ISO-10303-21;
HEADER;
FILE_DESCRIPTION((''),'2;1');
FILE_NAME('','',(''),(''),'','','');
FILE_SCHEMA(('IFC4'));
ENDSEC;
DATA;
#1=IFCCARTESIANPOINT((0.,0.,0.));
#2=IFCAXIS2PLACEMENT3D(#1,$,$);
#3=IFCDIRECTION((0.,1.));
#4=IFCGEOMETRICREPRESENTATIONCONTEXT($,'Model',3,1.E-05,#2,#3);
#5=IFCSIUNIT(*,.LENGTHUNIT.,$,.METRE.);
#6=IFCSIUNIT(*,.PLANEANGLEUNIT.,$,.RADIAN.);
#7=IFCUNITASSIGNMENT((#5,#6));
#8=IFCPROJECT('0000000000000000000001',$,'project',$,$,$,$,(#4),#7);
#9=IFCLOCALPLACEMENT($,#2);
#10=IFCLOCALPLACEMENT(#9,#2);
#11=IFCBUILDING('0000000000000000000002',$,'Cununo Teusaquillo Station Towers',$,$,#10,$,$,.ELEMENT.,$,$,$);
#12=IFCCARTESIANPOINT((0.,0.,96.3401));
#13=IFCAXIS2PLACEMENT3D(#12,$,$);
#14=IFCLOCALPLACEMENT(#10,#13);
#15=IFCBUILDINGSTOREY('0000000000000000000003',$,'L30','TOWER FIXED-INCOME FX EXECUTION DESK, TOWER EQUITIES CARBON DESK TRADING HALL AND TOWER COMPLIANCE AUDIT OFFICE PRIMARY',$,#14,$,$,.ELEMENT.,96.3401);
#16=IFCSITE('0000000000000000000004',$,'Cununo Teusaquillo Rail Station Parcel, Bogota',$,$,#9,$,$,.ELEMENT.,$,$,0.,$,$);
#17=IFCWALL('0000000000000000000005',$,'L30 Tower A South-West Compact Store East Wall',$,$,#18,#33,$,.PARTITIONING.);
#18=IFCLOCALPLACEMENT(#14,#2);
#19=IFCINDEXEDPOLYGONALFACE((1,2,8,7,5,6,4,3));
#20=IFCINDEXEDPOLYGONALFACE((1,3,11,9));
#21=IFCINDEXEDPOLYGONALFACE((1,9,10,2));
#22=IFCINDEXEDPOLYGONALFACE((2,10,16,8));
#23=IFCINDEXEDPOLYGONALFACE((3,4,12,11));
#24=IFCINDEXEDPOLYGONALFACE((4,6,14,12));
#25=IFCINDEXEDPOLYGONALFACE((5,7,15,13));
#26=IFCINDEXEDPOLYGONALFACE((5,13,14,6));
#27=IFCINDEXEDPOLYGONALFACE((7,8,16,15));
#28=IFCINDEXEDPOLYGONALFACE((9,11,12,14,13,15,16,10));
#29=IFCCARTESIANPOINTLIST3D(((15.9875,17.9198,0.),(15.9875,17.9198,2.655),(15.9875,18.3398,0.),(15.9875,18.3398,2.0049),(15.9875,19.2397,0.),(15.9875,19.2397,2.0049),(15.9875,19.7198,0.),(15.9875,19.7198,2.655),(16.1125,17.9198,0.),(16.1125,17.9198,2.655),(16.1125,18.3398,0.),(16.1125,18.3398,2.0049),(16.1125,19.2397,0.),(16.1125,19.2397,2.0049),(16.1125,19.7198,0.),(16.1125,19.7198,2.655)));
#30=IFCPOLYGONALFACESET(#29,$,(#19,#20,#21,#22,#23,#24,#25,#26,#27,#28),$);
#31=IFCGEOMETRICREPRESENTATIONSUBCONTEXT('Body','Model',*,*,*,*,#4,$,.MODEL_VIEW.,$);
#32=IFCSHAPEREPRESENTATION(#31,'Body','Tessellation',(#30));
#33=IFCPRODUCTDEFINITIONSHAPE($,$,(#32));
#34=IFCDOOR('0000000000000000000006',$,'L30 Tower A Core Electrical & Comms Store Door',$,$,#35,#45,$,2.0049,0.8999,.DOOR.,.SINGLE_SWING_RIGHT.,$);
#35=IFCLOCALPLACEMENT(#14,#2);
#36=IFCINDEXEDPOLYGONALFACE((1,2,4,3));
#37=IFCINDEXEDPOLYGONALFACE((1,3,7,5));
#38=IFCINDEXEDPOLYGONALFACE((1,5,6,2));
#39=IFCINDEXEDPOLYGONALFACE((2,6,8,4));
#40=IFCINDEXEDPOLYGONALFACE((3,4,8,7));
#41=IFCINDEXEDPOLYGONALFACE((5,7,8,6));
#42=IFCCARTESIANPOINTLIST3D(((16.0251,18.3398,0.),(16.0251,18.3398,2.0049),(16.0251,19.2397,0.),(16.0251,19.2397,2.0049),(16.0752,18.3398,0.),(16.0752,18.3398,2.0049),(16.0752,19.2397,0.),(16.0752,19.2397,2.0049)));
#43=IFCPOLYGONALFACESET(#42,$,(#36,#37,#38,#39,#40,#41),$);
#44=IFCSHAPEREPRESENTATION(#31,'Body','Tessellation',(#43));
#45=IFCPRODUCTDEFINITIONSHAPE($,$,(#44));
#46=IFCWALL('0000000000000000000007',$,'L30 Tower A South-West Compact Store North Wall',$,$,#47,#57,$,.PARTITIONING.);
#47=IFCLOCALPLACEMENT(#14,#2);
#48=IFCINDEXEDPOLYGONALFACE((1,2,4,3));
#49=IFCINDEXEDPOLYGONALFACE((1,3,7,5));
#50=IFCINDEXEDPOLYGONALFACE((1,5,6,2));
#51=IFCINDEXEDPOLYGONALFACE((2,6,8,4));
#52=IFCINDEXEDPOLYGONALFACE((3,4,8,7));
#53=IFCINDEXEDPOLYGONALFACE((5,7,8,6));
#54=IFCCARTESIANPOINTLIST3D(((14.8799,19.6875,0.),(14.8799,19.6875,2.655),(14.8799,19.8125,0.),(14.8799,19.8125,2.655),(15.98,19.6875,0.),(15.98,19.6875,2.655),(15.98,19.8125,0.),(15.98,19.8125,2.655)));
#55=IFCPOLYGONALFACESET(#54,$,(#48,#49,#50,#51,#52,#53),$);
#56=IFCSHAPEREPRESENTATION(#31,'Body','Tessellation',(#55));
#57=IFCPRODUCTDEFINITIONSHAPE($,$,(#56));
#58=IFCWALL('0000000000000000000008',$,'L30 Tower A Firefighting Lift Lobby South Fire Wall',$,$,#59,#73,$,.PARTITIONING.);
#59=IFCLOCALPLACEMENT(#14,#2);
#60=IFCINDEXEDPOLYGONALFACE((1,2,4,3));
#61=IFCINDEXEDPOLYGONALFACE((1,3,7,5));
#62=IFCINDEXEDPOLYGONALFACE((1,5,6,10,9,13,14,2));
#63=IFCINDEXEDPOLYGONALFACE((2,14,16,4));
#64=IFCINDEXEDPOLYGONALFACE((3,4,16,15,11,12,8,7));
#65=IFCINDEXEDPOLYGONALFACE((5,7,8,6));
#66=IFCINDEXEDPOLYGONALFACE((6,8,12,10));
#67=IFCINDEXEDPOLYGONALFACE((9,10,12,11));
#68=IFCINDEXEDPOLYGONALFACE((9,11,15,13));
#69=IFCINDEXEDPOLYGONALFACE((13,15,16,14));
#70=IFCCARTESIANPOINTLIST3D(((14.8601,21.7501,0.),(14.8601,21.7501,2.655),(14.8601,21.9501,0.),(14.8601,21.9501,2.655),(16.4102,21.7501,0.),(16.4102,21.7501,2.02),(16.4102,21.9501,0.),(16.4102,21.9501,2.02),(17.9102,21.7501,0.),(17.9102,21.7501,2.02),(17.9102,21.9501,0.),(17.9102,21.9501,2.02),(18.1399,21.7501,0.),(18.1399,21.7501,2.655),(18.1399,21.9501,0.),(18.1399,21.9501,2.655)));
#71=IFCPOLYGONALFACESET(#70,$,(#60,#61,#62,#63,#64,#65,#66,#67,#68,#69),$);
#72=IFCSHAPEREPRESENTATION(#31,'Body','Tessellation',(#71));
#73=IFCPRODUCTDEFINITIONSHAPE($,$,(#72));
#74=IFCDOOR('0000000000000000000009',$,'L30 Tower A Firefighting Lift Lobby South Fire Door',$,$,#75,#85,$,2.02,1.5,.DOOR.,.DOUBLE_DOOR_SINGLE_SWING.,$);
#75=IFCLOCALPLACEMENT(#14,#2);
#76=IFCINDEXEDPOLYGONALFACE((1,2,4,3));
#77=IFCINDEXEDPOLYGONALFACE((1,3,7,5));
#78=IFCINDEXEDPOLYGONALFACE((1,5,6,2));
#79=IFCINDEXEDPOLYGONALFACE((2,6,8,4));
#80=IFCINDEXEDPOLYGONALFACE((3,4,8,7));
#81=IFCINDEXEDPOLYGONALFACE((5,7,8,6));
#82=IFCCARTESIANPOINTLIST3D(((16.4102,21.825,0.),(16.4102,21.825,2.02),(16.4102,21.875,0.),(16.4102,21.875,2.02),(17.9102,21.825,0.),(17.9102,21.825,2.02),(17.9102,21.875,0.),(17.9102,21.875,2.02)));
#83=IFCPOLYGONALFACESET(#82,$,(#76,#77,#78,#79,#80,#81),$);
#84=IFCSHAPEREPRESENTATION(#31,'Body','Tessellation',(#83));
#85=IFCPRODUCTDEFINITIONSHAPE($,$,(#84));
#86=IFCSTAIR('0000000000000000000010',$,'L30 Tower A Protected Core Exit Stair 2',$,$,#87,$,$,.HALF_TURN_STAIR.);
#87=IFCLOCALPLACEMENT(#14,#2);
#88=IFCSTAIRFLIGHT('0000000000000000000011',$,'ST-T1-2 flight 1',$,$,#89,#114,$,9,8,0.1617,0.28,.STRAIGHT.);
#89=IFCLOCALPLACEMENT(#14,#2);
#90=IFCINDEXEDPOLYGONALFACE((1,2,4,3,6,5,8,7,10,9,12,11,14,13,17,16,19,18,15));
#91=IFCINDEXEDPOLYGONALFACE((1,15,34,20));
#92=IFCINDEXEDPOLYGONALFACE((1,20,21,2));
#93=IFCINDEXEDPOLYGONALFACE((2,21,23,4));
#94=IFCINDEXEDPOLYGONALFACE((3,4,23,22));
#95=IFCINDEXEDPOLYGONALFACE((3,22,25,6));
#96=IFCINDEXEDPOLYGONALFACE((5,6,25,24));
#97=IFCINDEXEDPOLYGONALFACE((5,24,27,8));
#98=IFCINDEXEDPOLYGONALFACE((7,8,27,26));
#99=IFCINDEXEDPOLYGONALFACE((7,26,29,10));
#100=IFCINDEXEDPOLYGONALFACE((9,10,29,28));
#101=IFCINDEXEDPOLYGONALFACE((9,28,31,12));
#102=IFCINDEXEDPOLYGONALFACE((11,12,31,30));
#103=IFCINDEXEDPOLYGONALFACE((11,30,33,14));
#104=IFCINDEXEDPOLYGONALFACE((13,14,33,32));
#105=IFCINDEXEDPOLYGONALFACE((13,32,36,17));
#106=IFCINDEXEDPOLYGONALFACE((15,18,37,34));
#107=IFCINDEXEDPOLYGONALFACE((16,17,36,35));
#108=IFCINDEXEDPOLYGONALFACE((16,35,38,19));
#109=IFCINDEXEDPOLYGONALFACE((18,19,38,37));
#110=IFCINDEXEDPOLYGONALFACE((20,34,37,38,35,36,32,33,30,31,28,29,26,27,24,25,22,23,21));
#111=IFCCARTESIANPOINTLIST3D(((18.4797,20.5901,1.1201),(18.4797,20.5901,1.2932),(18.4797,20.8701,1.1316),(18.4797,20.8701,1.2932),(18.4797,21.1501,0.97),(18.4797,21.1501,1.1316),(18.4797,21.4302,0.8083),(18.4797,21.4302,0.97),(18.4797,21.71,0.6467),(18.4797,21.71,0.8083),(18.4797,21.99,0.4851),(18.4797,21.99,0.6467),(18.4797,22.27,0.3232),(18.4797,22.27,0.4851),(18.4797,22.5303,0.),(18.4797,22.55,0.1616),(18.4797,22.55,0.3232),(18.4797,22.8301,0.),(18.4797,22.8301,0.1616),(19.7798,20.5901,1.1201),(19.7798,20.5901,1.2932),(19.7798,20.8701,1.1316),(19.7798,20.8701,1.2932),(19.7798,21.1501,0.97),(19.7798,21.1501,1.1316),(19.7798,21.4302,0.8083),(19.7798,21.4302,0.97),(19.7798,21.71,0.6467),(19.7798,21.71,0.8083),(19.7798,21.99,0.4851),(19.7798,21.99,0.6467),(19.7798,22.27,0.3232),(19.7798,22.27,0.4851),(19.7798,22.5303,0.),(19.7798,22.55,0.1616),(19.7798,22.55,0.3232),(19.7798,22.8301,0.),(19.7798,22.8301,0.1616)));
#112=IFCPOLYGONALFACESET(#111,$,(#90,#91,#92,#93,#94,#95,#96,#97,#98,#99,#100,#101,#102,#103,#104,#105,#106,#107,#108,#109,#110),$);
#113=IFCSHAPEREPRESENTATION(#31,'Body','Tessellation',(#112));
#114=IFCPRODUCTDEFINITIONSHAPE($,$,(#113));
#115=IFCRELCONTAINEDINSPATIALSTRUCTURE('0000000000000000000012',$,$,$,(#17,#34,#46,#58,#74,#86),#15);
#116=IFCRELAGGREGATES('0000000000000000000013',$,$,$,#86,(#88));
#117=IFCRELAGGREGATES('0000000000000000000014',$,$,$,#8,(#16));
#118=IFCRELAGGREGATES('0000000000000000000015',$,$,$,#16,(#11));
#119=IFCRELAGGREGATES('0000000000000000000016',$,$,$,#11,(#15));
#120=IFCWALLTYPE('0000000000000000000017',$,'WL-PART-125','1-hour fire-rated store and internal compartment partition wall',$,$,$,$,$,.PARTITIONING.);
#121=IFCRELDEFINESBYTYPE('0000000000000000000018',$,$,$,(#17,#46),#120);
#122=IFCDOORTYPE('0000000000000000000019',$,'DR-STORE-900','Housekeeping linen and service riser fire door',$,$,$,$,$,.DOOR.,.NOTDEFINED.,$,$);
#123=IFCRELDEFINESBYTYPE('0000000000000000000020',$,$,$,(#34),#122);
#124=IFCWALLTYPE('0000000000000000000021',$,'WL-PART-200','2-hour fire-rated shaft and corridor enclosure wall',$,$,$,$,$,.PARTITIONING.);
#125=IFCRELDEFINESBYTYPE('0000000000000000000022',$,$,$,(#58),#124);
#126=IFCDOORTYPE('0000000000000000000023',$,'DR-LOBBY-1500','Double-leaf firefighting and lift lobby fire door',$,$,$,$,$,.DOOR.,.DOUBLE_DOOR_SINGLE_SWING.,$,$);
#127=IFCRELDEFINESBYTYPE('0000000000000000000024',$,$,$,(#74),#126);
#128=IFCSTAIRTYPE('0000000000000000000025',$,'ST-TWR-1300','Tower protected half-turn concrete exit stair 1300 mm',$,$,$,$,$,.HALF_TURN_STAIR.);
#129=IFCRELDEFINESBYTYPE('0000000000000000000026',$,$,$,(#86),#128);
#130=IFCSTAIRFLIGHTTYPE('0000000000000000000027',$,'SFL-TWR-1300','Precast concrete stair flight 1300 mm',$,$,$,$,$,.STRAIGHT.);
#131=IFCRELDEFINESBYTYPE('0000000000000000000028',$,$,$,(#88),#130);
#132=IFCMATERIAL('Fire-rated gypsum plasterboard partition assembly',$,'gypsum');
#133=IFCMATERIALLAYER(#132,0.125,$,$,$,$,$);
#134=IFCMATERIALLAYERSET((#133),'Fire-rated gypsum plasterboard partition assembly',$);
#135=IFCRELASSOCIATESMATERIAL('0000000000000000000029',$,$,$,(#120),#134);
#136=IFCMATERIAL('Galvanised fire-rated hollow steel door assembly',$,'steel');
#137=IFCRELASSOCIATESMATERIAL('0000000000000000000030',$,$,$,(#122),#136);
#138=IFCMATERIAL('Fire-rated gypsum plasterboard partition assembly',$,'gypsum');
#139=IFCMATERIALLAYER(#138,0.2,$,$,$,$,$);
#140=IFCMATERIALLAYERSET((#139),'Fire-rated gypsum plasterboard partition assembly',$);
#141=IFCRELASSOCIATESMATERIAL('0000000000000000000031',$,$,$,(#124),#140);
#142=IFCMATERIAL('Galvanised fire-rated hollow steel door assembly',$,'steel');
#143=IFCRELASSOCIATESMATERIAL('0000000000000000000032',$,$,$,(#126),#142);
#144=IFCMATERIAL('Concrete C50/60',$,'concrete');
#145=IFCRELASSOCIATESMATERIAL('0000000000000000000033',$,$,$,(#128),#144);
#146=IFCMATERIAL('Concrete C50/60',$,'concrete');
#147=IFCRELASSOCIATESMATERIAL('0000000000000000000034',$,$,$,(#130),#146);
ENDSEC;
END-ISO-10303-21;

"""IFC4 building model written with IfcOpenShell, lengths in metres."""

from ifc_helpers import new_model, si_unit, direction, frame, frame_2d, origin, place, context, subcontext, project, spatial, polyline, rectangle, outline, extrude, source, transform, mapped, material, layer, layer_set, type_object, element, fill, aggregate, save


model = new_model("IFC4")

# Units and contexts
model_context = context("Model", 3, precision=1e-05, world=origin(), true_north=direction((0.0, 1.0)))
body_context = subcontext(model_context, "Body", "Model", "MODEL_VIEW")
ifc_project = project(units=[si_unit("LENGTHUNIT", "METRE"), si_unit("PLANEANGLEUNIT", "RADIAN")], contexts=[model_context])

# Site, building, storey
site_placement = place(None, origin())
site = spatial("IfcSite", under=ifc_project, at=site_placement, Name="Cununo Teusaquillo Rail Station Parcel, Bogota", CompositionType="ELEMENT", RefElevation=0.0)
building_placement = place(site_placement, origin())
building = spatial("IfcBuilding", under=site, at=building_placement, Name="Cununo Teusaquillo Station Towers", CompositionType="ELEMENT")
storey_placement = place(building_placement, frame((0.0, 0.0, 96.3401)))
storey = spatial("IfcBuildingStorey", under=building, at=storey_placement, Name="L30", Description="TOWER FIXED-INCOME FX EXECUTION DESK, TOWER EQUITIES CARBON DESK TRADING HALL AND TOWER COMPLIANCE AUDIT OFFICE PRIMARY", CompositionType="ELEMENT", Elevation=96.3401)

# Wall, opening, door
ifc_material_1 = material(Name="Fire-rated gypsum plasterboard partition assembly", Category="gypsum")
ifc_layer_1 = layer(ifc_material_1, 0.125)
ifc_layer_set_1 = layer_set([ifc_layer_1], Name="Fire-rated gypsum plasterboard partition assembly")
wall_type_1 = type_object("IfcWallType", Name="WL-PART-125", Description="1-hour fire-rated store and internal compartment partition wall", PredefinedType="PARTITIONING", material=ifc_layer_set_1)
wall_1_placement = place(storey_placement, frame((16.05, 17.9199, 0.0), z_axis=(0.0, 0.0, 1.0), x_axis=(0.0, 1.0, 0.0)))
wall_1 = element("IfcWall", 1, at=wall_1_placement, inside=storey, type_object=wall_type_1, Name="L30 Tower A South-West Compact Store East Wall", PredefinedType="PARTITIONING", context=body_context, shape_type="SweptSolid", body=[
    extrude(rectangle(XDim=1.8, YDim=0.125, at=frame_2d((0.8999, 0.0))), origin(), (0.0, 0.0, 1.0), 2.655),
])
shared_shape_1 = source(origin(), body_context, "Body", "SweptSolid", [
    extrude(rectangle(XDim=0.8999, YDim=2.0049, at=frame_2d((0.45, 1.0024))), frame((0.0, 0.0725, 0.0), z_axis=(0.0, -1.0, 0.0), x_axis=(1.0, 0.0, 0.0)), (0.0, 0.0, 1.0), 0.145),
])
opening_1_placement = place(wall_1_placement, frame((0.4199, 0.0, 0.0)))
opening_1 = element("IfcOpeningElement", 2, at=opening_1_placement, cuts=wall_1, PredefinedType="OPENING", context=body_context, shape_type="MappedRepresentation", body=[
    mapped(shared_shape_1, transform((0.0, 0.0, 0.0), x_axis=(1.0, 0.0, 0.0), y_axis=(0.0, 1.0, 0.0), z_axis=(0.0, 0.0, 1.0), scale=1.0)),
])
ifc_material_2 = material(Name="Galvanised fire-rated hollow steel door assembly", Category="steel")
door_type_1 = type_object("IfcDoorType", Name="DR-STORE-900", Description="Housekeeping linen and service riser fire door", OperationType="NOTDEFINED", PredefinedType="DOOR", material=ifc_material_2)
shared_shape_2 = source(origin(), body_context, "Body", "SweptSolid", [
    extrude(rectangle(XDim=0.8999, YDim=2.0049, at=frame_2d((0.45, 1.0024))), frame((0.0, 0.0249, 0.0), z_axis=(0.0, -1.0, 0.0), x_axis=(1.0, 0.0, 0.0)), (0.0, 0.0, 1.0), 0.05),
])
door_1_placement = place(opening_1_placement, origin())
door_1 = element("IfcDoor", 3, at=door_1_placement, inside=storey, type_object=door_type_1, Name="L30 Tower A Core Electrical & Comms Store Door", OperationType="SINGLE_SWING_RIGHT", OverallHeight=2.0049, OverallWidth=0.8999, PredefinedType="DOOR", context=body_context, shape_type="MappedRepresentation", body=[
    mapped(shared_shape_2, transform((0.0, 0.0, 0.0), x_axis=(1.0, 0.0, 0.0), y_axis=(0.0, 1.0, 0.0), z_axis=(0.0, 0.0, 1.0), scale=1.0)),
])
fill(opening_1, door_1)

# Wall
wall_2_placement = place(storey_placement, frame((14.8799, 19.75, 0.0), z_axis=(0.0, 0.0, 1.0), x_axis=(1.0, 0.0, 0.0)))
element("IfcWall", 4, at=wall_2_placement, inside=storey, type_object=wall_type_1, Name="L30 Tower A South-West Compact Store North Wall", PredefinedType="PARTITIONING", context=body_context, shape_type="SweptSolid", body=[
    extrude(rectangle(XDim=1.1001, YDim=0.125, at=frame_2d((0.55, 0.0))), origin(), (0.0, 0.0, 1.0), 2.655),
])

# Wall, opening, door
ifc_material_3 = material(Name="Fire-rated gypsum plasterboard partition assembly", Category="gypsum")
ifc_layer_2 = layer(ifc_material_3, 0.2)
ifc_layer_set_2 = layer_set([ifc_layer_2], Name="Fire-rated gypsum plasterboard partition assembly")
wall_type_2 = type_object("IfcWallType", Name="WL-PART-200", Description="2-hour fire-rated shaft and corridor enclosure wall", PredefinedType="PARTITIONING", material=ifc_layer_set_2)
wall_3_placement = place(storey_placement, frame((14.8601, 21.8501, 0.0), z_axis=(0.0, 0.0, 1.0), x_axis=(1.0, 0.0, 0.0)))
wall_3 = element("IfcWall", 5, at=wall_3_placement, inside=storey, type_object=wall_type_2, Name="L30 Tower A Firefighting Lift Lobby South Fire Wall", PredefinedType="PARTITIONING", context=body_context, shape_type="SweptSolid", body=[
    extrude(rectangle(XDim=3.2798, YDim=0.2, at=frame_2d((1.6399, 0.0))), origin(), (0.0, 0.0, 1.0), 2.655),
])
shared_shape_3 = source(origin(), body_context, "Body", "SweptSolid", [
    extrude(rectangle(XDim=1.5, YDim=2.02, at=frame_2d((0.75, 1.01))), frame((0.0, 0.1099, 0.0), z_axis=(0.0, -1.0, 0.0), x_axis=(1.0, 0.0, 0.0)), (0.0, 0.0, 1.0), 0.22),
])
opening_2_placement = place(wall_3_placement, frame((1.55, 0.0, 0.0)))
opening_2 = element("IfcOpeningElement", 6, at=opening_2_placement, cuts=wall_3, PredefinedType="OPENING", context=body_context, shape_type="MappedRepresentation", body=[
    mapped(shared_shape_3, transform((0.0, 0.0, 0.0), x_axis=(1.0, 0.0, 0.0), y_axis=(0.0, 1.0, 0.0), z_axis=(0.0, 0.0, 1.0), scale=1.0)),
])
ifc_material_4 = material(Name="Galvanised fire-rated hollow steel door assembly", Category="steel")
door_type_2 = type_object("IfcDoorType", Name="DR-LOBBY-1500", Description="Double-leaf firefighting and lift lobby fire door", OperationType="DOUBLE_DOOR_SINGLE_SWING", PredefinedType="DOOR", material=ifc_material_4)
shared_shape_4 = source(origin(), body_context, "Body", "SweptSolid", [
    extrude(rectangle(XDim=1.5, YDim=2.02, at=frame_2d((0.75, 1.01))), frame((0.0, 0.0249, 0.0), z_axis=(0.0, -1.0, 0.0), x_axis=(1.0, 0.0, 0.0)), (0.0, 0.0, 1.0), 0.05),
])
door_2_placement = place(opening_2_placement, origin())
door_2 = element("IfcDoor", 7, at=door_2_placement, inside=storey, type_object=door_type_2, Name="L30 Tower A Firefighting Lift Lobby South Fire Door", OperationType="DOUBLE_DOOR_SINGLE_SWING", OverallHeight=2.02, OverallWidth=1.5, PredefinedType="DOOR", context=body_context, shape_type="MappedRepresentation", body=[
    mapped(shared_shape_4, transform((0.0, 0.0, 0.0), x_axis=(1.0, 0.0, 0.0), y_axis=(0.0, 1.0, 0.0), z_axis=(0.0, 0.0, 1.0), scale=1.0)),
])
fill(opening_2, door_2)

# Stair, stair flight
ifc_material_5 = material(Name="Concrete C50/60", Category="concrete")
stair_type = type_object("IfcStairType", Name="ST-TWR-1300", Description="Tower protected half-turn concrete exit stair 1300 mm", PredefinedType="HALF_TURN_STAIR", material=ifc_material_5)
stair_placement = place(storey_placement, origin())
stair = element("IfcStair", 8, at=stair_placement, inside=storey, type_object=stair_type, Name="L30 Tower A Protected Core Exit Stair 2", PredefinedType="HALF_TURN_STAIR")
ifc_material_6 = material(Name="Concrete C50/60", Category="concrete")
stair_flight_type = type_object("IfcStairFlightType", Name="SFL-TWR-1300", Description="Precast concrete stair flight 1300 mm", PredefinedType="STRAIGHT", material=ifc_material_6)
stair_flight_placement = place(storey_placement, frame((19.1299, 22.8301, 0.0), z_axis=(0.0, 0.0, 1.0), x_axis=(0.0, -1.0, 0.0)))
stair_flight = element("IfcStairFlight", 9, at=stair_flight_placement, type_object=stair_flight_type, Name="ST-T1-2 flight 1", NumberOfRisers=9, NumberOfTreads=8, PredefinedType="STRAIGHT", RiserHeight=0.1617, TreadLength=0.28, context=body_context, shape_type="SweptSolid", body=[
    extrude(outline(polyline([(0.0, 0.0), (0.0, 0.1616), (0.28, 0.1616), (0.28, 0.3232), (0.5601, 0.3232), (0.5601, 0.4851), (0.8401, 0.4851), (0.8401, 0.6467), (1.1201, 0.6467), (1.1201, 0.8083), (1.3999, 0.8083), (1.3999, 0.97), (1.6799, 0.97), (1.6799, 1.1316), (1.96, 1.1316), (1.96, 1.2932), (2.24, 1.2932), (2.24, 1.4551), (2.24, 1.1201), (0.2998, 0.0), (0.0, 0.0)])), frame((0.0, 0.6499, 0.0), z_axis=(0.0, -1.0, 0.0), x_axis=(1.0, 0.0, 0.0)), (0.0, 0.0, 1.0), 1.3),
])
aggregate(stair, [stair_flight])

save(model, "model.ifc")
